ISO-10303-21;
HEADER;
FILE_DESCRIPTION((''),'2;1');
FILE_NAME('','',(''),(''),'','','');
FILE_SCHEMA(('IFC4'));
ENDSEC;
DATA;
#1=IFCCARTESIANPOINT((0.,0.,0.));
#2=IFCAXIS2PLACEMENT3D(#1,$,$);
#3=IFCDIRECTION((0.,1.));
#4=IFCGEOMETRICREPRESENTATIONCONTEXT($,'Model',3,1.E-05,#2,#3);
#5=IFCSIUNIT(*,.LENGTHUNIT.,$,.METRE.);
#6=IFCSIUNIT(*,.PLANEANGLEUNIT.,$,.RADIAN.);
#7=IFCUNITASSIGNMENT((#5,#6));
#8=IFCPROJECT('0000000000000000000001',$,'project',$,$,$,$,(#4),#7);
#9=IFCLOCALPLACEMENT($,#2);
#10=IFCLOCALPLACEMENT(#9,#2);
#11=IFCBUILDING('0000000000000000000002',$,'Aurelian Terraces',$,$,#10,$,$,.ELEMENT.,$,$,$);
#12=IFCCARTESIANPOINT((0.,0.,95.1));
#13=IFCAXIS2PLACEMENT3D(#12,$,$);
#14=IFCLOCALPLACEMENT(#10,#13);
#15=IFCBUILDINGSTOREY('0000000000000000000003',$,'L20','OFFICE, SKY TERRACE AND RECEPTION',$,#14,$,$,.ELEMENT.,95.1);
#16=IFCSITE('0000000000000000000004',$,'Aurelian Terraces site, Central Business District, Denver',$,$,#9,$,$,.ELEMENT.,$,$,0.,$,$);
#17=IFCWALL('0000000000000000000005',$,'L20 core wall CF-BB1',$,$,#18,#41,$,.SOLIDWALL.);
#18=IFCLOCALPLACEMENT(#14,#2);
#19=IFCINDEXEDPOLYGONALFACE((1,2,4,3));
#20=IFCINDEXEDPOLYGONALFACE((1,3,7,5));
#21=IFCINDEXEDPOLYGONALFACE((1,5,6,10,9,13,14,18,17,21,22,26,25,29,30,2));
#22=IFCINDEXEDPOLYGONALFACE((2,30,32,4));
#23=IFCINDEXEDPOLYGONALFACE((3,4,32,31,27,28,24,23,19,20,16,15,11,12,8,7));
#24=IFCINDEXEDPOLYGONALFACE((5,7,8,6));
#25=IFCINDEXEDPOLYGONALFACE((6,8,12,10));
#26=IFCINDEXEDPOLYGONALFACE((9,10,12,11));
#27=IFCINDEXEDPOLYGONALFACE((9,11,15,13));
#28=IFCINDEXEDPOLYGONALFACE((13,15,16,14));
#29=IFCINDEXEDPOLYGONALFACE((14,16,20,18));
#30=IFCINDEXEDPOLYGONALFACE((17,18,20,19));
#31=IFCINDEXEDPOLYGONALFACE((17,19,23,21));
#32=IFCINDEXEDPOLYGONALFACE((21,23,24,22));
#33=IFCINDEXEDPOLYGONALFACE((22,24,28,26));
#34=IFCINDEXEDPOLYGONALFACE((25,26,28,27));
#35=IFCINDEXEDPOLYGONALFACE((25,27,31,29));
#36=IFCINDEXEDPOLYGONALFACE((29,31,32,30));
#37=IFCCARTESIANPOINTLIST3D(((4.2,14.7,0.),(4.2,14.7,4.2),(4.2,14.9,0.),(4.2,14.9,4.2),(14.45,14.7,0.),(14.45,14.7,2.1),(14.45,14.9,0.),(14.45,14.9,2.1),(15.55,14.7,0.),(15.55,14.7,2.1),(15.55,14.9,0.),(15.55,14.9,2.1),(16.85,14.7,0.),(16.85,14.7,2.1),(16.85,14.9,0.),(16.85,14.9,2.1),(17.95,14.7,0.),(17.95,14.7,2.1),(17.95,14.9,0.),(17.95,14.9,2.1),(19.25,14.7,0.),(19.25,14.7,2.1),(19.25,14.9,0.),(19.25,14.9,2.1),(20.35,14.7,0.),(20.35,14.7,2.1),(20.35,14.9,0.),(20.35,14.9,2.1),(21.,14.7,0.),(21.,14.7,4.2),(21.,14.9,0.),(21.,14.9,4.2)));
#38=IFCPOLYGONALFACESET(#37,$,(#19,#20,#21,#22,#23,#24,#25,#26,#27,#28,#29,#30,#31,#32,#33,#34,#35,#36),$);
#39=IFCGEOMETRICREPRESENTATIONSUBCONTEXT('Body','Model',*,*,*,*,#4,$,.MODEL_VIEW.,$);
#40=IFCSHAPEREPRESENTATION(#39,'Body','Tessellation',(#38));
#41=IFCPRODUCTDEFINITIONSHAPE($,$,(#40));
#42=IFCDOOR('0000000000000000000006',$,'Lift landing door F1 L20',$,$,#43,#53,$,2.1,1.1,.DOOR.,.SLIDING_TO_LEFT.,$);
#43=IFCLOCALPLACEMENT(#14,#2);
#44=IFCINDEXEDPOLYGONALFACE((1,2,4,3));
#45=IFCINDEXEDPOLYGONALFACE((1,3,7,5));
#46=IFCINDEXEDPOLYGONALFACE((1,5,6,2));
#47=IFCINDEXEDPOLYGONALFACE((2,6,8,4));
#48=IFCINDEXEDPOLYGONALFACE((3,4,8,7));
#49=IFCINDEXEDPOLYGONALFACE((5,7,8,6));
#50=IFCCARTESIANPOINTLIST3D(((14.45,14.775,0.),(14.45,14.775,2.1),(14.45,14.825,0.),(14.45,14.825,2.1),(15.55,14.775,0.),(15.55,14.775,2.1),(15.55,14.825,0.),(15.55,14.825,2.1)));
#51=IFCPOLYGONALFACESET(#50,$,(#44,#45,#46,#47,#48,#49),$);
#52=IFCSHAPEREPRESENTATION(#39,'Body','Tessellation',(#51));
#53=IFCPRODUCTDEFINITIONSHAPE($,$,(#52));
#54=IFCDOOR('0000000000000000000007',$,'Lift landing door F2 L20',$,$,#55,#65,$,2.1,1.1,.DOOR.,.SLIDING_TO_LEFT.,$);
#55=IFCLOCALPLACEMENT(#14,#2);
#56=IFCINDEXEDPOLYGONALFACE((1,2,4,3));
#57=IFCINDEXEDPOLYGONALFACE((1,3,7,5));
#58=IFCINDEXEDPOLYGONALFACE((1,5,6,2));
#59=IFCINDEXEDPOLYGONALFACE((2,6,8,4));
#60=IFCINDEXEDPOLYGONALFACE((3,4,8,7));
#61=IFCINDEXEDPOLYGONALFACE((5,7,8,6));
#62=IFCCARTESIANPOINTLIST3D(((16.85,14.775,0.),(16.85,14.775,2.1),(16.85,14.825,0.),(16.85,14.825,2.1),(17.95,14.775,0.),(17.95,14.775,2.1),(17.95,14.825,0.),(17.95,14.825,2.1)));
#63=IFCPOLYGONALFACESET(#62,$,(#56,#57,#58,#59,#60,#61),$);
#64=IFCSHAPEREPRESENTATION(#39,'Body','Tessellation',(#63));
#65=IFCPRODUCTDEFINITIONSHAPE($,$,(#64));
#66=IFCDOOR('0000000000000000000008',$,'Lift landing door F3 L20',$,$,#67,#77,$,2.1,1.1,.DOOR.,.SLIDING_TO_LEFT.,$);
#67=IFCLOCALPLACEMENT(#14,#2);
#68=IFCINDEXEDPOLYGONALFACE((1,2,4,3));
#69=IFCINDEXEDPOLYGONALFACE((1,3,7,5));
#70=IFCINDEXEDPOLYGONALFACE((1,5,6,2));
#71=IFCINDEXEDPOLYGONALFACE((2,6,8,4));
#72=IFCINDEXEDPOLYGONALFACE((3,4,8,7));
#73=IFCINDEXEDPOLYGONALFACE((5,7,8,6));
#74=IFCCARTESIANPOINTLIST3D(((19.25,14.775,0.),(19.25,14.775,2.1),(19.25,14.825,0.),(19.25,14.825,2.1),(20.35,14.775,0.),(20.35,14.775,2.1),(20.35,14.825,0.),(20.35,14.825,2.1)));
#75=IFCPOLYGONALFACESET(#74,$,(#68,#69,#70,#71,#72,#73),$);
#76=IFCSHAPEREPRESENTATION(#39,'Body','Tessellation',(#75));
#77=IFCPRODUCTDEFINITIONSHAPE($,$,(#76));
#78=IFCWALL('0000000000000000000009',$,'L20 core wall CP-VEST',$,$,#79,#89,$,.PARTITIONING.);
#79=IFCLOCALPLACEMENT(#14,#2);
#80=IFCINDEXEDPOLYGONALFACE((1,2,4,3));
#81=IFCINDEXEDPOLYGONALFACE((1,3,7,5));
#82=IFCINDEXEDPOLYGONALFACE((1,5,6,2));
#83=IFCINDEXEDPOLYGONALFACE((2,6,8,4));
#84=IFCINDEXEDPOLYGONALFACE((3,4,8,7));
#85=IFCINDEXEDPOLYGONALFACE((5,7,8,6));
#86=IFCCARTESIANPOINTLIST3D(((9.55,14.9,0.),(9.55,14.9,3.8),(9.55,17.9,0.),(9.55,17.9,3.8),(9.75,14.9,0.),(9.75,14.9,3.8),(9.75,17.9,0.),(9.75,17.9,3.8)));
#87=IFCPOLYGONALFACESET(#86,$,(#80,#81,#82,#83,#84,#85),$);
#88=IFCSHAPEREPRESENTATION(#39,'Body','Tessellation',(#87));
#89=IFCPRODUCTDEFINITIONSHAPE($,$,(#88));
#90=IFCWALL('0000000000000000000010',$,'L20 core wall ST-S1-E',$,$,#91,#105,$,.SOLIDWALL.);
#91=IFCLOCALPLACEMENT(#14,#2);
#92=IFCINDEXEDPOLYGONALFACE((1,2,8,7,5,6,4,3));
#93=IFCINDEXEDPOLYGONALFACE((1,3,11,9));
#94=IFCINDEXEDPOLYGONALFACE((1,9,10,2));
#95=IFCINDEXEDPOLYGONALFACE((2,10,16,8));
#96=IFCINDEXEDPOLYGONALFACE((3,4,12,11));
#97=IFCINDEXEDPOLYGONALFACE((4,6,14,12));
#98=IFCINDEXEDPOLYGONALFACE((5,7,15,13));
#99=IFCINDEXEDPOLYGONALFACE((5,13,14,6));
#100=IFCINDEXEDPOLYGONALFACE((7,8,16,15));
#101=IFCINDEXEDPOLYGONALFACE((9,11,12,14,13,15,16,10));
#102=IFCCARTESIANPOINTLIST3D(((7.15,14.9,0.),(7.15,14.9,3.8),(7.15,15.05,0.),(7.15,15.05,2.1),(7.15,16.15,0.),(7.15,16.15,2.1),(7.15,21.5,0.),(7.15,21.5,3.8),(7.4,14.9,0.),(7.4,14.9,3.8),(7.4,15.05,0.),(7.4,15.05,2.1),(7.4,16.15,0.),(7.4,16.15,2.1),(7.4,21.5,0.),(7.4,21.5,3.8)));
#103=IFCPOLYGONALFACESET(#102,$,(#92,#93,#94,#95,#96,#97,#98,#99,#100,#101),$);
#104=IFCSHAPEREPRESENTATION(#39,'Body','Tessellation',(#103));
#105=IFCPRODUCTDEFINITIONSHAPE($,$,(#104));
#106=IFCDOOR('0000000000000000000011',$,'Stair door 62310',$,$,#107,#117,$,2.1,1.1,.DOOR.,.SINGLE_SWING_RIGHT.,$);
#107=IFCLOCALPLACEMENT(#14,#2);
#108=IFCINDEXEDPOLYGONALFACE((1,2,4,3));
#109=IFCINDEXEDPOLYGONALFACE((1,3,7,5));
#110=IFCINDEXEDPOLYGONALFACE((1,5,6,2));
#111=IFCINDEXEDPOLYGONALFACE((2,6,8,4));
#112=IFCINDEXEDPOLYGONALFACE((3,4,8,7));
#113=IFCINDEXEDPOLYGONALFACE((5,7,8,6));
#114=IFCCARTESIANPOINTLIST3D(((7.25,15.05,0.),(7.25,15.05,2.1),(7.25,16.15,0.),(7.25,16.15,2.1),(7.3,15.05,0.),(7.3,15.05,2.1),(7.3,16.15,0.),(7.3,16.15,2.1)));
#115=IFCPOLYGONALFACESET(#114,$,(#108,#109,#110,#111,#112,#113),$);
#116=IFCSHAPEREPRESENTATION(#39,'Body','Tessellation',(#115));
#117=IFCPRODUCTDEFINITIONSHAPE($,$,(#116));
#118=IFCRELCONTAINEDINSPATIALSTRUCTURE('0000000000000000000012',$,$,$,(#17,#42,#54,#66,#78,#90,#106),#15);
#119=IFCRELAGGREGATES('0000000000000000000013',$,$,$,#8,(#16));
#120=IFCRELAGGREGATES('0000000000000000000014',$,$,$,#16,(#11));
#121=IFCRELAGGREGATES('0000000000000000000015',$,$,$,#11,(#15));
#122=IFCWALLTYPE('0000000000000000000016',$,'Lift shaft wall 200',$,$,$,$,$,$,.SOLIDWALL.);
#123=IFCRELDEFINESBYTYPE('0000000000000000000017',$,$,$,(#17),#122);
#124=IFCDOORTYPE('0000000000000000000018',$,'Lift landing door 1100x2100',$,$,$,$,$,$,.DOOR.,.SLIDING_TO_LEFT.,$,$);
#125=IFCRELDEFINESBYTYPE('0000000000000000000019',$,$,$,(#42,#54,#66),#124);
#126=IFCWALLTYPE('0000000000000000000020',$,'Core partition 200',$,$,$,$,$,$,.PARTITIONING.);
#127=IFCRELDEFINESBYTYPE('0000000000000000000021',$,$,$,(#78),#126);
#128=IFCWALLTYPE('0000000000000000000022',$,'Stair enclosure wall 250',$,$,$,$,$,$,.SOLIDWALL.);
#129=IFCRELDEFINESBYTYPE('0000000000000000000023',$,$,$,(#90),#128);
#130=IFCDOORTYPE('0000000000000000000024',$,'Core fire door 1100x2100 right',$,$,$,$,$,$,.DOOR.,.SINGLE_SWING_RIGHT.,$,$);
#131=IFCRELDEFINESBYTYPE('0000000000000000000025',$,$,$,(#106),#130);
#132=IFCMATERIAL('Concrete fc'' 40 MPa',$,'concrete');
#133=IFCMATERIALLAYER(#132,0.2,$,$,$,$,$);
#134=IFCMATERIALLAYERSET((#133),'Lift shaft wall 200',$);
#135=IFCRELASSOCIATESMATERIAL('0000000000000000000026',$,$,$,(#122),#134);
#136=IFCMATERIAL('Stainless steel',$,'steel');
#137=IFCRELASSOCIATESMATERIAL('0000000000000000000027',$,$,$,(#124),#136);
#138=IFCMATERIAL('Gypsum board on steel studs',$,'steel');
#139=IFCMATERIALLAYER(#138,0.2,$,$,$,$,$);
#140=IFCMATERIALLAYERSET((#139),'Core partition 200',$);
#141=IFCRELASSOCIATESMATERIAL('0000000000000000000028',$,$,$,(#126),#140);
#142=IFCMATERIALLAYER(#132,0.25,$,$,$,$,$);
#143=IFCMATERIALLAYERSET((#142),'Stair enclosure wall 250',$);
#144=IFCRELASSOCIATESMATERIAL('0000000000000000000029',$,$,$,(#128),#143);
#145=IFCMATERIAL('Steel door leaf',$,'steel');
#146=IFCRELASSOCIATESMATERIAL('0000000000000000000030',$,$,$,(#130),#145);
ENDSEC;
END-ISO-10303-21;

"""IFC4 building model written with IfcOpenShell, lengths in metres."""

from ifc_helpers import new_model, si_unit, direction, frame, frame_2d, origin, place, context, subcontext, project, spatial, rectangle, extrude, source, transform, mapped, material, layer, layer_set, type_object, element, fill, save


model = new_model("IFC4")

# Units and contexts
model_context = context("Model", 3, precision=1e-05, world=origin(), true_north=direction((0.0, 1.0)))
body_context = subcontext(model_context, "Body", "Model", "MODEL_VIEW")
ifc_project = project(units=[si_unit("LENGTHUNIT", "METRE"), si_unit("PLANEANGLEUNIT", "RADIAN")], contexts=[model_context])

# Site, building, storey
site_placement = place(None, origin())
site = spatial("IfcSite", under=ifc_project, at=site_placement, Name="Aurelian Terraces site, Central Business District, Denver", CompositionType="ELEMENT", RefElevation=0.0)
building_placement = place(site_placement, origin())
building = spatial("IfcBuilding", under=site, at=building_placement, Name="Aurelian Terraces", CompositionType="ELEMENT")
storey_placement = place(building_placement, frame((0.0, 0.0, 95.1)))
storey = spatial("IfcBuildingStorey", under=building, at=storey_placement, Name="L20", Description="OFFICE, SKY TERRACE AND RECEPTION", CompositionType="ELEMENT", Elevation=95.1)

# Shared definitions
ifc_material_1 = material(Name="Concrete fc' 40 MPa", Category="concrete")
ifc_layer_1 = layer(ifc_material_1, 0.2)
ifc_layer_set_1 = layer_set([ifc_layer_1], Name="Lift shaft wall 200")
wall_type_1 = type_object("IfcWallType", Name="Lift shaft wall 200", PredefinedType="SOLIDWALL", material=ifc_layer_set_1)

# Wall, openings, doors
shared_shape_1 = source(origin(), body_context, "Body", "SweptSolid", [
    extrude(rectangle(XDim=16.8, YDim=0.2, at=frame_2d((8.4, 0.0))), origin(), (0.0, 0.0, 1.0), 4.2),
])
shared_shape_2 = source(origin(), body_context, "Body", "SweptSolid", [
    extrude(rectangle(XDim=1.1, YDim=2.1, at=frame_2d((0.55, 1.05))), frame((0.0, 0.11, 0.0), z_axis=(0.0, -1.0, 0.0), x_axis=(1.0, 0.0, 0.0)), (0.0, 0.0, 1.0), 0.22),
])
ifc_material_2 = material(Name="Stainless steel", Category="steel")
door_type_1 = type_object("IfcDoorType", Name="Lift landing door 1100x2100", OperationType="SLIDING_TO_LEFT", PredefinedType="DOOR", material=ifc_material_2)
shared_shape_3 = source(origin(), body_context, "Body", "SweptSolid", [
    extrude(rectangle(XDim=1.1, YDim=2.1, at=frame_2d((0.55, 1.05))), frame((0.0, 0.025, 0.0), z_axis=(0.0, -1.0, 0.0), x_axis=(1.0, 0.0, 0.0)), (0.0, 0.0, 1.0), 0.05),
])
wall_1_placement = place(storey_placement, frame((4.2, 14.8, 0.0), z_axis=(0.0, 0.0, 1.0), x_axis=(1.0, 0.0, 0.0)))
wall_1 = element("IfcWall", 1, at=wall_1_placement, inside=storey, type_object=wall_type_1, Name="L20 core wall CF-BB1", PredefinedType="SOLIDWALL", context=body_context, shape_type="MappedRepresentation", body=[
    mapped(shared_shape_1, transform((0.0, 0.0, 0.0), scale=1.0)),
])
opening_1_placement = place(wall_1_placement, frame((10.25, 0.0, 0.0)))
opening_1 = element("IfcOpeningElement", 2, at=opening_1_placement, cuts=wall_1, PredefinedType="OPENING", context=body_context, shape_type="MappedRepresentation", body=[
    mapped(shared_shape_2, transform((0.0, 0.0, 0.0), scale=1.0)),
])
opening_2_placement = place(wall_1_placement, frame((12.65, 0.0, 0.0)))
opening_2 = element("IfcOpeningElement", 3, at=opening_2_placement, cuts=wall_1, PredefinedType="OPENING", context=body_context, shape_type="MappedRepresentation", body=[
    mapped(shared_shape_2, transform((0.0, 0.0, 0.0), scale=1.0)),
])
opening_3_placement = place(wall_1_placement, frame((15.05, 0.0, 0.0)))
opening_3 = element("IfcOpeningElement", 4, at=opening_3_placement, cuts=wall_1, PredefinedType="OPENING", context=body_context, shape_type="MappedRepresentation", body=[
    mapped(shared_shape_2, transform((0.0, 0.0, 0.0), scale=1.0)),
])
door_1_placement = place(opening_1_placement, origin())
door_1 = element("IfcDoor", 5, at=door_1_placement, inside=storey, type_object=door_type_1, Name="Lift landing door F1 L20", OperationType="SLIDING_TO_LEFT", OverallHeight=2.1, OverallWidth=1.1, PredefinedType="DOOR", context=body_context, shape_type="MappedRepresentation", body=[
    mapped(shared_shape_3, transform((0.0, 0.0, 0.0), scale=1.0)),
])
fill(opening_1, door_1)
door_2_placement = place(opening_2_placement, origin())
door_2 = element("IfcDoor", 6, at=door_2_placement, inside=storey, type_object=door_type_1, Name="Lift landing door F2 L20", OperationType="SLIDING_TO_LEFT", OverallHeight=2.1, OverallWidth=1.1, PredefinedType="DOOR", context=body_context, shape_type="MappedRepresentation", body=[
    mapped(shared_shape_3, transform((0.0, 0.0, 0.0), scale=1.0)),
])
fill(opening_2, door_2)
door_3_placement = place(opening_3_placement, origin())
door_3 = element("IfcDoor", 7, at=door_3_placement, inside=storey, type_object=door_type_1, Name="Lift landing door F3 L20", OperationType="SLIDING_TO_LEFT", OverallHeight=2.1, OverallWidth=1.1, PredefinedType="DOOR", context=body_context, shape_type="MappedRepresentation", body=[
    mapped(shared_shape_3, transform((0.0, 0.0, 0.0), scale=1.0)),
])
fill(opening_3, door_3)

# Wall
ifc_material_3 = material(Name="Gypsum board on steel studs", Category="steel")
ifc_layer_2 = layer(ifc_material_3, 0.2)
ifc_layer_set_2 = layer_set([ifc_layer_2], Name="Core partition 200")
wall_type_2 = type_object("IfcWallType", Name="Core partition 200", PredefinedType="PARTITIONING", material=ifc_layer_set_2)
shared_shape_4 = source(origin(), body_context, "Body", "SweptSolid", [
    extrude(rectangle(XDim=3.0, YDim=0.2, at=frame_2d((1.5, 0.0))), origin(), (0.0, 0.0, 1.0), 3.8),
])
wall_2_placement = place(storey_placement, frame((9.65, 14.9, 0.0), z_axis=(0.0, 0.0, 1.0), x_axis=(0.0, 1.0, 0.0)))
element("IfcWall", 8, at=wall_2_placement, inside=storey, type_object=wall_type_2, Name="L20 core wall CP-VEST", PredefinedType="PARTITIONING", context=body_context, shape_type="MappedRepresentation", body=[
    mapped(shared_shape_4, transform((0.0, 0.0, 0.0), scale=1.0)),
])

# Wall, opening, door
ifc_layer_3 = layer(ifc_material_1, 0.25)
ifc_layer_set_3 = layer_set([ifc_layer_3], Name="Stair enclosure wall 250")
wall_type_3 = type_object("IfcWallType", Name="Stair enclosure wall 250", PredefinedType="SOLIDWALL", material=ifc_layer_set_3)
shared_shape_5 = source(origin(), body_context, "Body", "SweptSolid", [
    extrude(rectangle(XDim=6.6, YDim=0.25, at=frame_2d((3.3, 0.0))), origin(), (0.0, 0.0, 1.0), 3.8),
])
wall_3_placement = place(storey_placement, frame((7.275, 14.9, 0.0), z_axis=(0.0, 0.0, 1.0), x_axis=(0.0, 1.0, 0.0)))
wall_3 = element("IfcWall", 9, at=wall_3_placement, inside=storey, type_object=wall_type_3, Name="L20 core wall ST-S1-E", PredefinedType="SOLIDWALL", context=body_context, shape_type="MappedRepresentation", body=[
    mapped(shared_shape_5, transform((0.0, 0.0, 0.0), scale=1.0)),
])
shared_shape_6 = source(origin(), body_context, "Body", "SweptSolid", [
    extrude(rectangle(XDim=1.1, YDim=2.1, at=frame_2d((0.55, 1.05))), frame((0.0, 0.135, 0.0), z_axis=(0.0, -1.0, 0.0), x_axis=(1.0, 0.0, 0.0)), (0.0, 0.0, 1.0), 0.27),
])
opening_4_placement = place(wall_3_placement, frame((0.15, 0.0, 0.0)))
opening_4 = element("IfcOpeningElement", 10, at=opening_4_placement, cuts=wall_3, PredefinedType="OPENING", context=body_context, shape_type="MappedRepresentation", body=[
    mapped(shared_shape_6, transform((0.0, 0.0, 0.0), scale=1.0)),
])
ifc_material_4 = material(Name="Steel door leaf", Category="steel")
door_type_2 = type_object("IfcDoorType", Name="Core fire door 1100x2100 right", OperationType="SINGLE_SWING_RIGHT", PredefinedType="DOOR", material=ifc_material_4)
door_4_placement = place(opening_4_placement, origin())
door_4 = element("IfcDoor", 11, at=door_4_placement, inside=storey, type_object=door_type_2, Name="Stair door 62310", OperationType="SINGLE_SWING_RIGHT", OverallHeight=2.1, OverallWidth=1.1, PredefinedType="DOOR", context=body_context, shape_type="MappedRepresentation", body=[
    mapped(shared_shape_3, transform((0.0, 0.0, 0.0), scale=1.0)),
])
fill(opening_4, door_4)

save(model, "model.ifc")
